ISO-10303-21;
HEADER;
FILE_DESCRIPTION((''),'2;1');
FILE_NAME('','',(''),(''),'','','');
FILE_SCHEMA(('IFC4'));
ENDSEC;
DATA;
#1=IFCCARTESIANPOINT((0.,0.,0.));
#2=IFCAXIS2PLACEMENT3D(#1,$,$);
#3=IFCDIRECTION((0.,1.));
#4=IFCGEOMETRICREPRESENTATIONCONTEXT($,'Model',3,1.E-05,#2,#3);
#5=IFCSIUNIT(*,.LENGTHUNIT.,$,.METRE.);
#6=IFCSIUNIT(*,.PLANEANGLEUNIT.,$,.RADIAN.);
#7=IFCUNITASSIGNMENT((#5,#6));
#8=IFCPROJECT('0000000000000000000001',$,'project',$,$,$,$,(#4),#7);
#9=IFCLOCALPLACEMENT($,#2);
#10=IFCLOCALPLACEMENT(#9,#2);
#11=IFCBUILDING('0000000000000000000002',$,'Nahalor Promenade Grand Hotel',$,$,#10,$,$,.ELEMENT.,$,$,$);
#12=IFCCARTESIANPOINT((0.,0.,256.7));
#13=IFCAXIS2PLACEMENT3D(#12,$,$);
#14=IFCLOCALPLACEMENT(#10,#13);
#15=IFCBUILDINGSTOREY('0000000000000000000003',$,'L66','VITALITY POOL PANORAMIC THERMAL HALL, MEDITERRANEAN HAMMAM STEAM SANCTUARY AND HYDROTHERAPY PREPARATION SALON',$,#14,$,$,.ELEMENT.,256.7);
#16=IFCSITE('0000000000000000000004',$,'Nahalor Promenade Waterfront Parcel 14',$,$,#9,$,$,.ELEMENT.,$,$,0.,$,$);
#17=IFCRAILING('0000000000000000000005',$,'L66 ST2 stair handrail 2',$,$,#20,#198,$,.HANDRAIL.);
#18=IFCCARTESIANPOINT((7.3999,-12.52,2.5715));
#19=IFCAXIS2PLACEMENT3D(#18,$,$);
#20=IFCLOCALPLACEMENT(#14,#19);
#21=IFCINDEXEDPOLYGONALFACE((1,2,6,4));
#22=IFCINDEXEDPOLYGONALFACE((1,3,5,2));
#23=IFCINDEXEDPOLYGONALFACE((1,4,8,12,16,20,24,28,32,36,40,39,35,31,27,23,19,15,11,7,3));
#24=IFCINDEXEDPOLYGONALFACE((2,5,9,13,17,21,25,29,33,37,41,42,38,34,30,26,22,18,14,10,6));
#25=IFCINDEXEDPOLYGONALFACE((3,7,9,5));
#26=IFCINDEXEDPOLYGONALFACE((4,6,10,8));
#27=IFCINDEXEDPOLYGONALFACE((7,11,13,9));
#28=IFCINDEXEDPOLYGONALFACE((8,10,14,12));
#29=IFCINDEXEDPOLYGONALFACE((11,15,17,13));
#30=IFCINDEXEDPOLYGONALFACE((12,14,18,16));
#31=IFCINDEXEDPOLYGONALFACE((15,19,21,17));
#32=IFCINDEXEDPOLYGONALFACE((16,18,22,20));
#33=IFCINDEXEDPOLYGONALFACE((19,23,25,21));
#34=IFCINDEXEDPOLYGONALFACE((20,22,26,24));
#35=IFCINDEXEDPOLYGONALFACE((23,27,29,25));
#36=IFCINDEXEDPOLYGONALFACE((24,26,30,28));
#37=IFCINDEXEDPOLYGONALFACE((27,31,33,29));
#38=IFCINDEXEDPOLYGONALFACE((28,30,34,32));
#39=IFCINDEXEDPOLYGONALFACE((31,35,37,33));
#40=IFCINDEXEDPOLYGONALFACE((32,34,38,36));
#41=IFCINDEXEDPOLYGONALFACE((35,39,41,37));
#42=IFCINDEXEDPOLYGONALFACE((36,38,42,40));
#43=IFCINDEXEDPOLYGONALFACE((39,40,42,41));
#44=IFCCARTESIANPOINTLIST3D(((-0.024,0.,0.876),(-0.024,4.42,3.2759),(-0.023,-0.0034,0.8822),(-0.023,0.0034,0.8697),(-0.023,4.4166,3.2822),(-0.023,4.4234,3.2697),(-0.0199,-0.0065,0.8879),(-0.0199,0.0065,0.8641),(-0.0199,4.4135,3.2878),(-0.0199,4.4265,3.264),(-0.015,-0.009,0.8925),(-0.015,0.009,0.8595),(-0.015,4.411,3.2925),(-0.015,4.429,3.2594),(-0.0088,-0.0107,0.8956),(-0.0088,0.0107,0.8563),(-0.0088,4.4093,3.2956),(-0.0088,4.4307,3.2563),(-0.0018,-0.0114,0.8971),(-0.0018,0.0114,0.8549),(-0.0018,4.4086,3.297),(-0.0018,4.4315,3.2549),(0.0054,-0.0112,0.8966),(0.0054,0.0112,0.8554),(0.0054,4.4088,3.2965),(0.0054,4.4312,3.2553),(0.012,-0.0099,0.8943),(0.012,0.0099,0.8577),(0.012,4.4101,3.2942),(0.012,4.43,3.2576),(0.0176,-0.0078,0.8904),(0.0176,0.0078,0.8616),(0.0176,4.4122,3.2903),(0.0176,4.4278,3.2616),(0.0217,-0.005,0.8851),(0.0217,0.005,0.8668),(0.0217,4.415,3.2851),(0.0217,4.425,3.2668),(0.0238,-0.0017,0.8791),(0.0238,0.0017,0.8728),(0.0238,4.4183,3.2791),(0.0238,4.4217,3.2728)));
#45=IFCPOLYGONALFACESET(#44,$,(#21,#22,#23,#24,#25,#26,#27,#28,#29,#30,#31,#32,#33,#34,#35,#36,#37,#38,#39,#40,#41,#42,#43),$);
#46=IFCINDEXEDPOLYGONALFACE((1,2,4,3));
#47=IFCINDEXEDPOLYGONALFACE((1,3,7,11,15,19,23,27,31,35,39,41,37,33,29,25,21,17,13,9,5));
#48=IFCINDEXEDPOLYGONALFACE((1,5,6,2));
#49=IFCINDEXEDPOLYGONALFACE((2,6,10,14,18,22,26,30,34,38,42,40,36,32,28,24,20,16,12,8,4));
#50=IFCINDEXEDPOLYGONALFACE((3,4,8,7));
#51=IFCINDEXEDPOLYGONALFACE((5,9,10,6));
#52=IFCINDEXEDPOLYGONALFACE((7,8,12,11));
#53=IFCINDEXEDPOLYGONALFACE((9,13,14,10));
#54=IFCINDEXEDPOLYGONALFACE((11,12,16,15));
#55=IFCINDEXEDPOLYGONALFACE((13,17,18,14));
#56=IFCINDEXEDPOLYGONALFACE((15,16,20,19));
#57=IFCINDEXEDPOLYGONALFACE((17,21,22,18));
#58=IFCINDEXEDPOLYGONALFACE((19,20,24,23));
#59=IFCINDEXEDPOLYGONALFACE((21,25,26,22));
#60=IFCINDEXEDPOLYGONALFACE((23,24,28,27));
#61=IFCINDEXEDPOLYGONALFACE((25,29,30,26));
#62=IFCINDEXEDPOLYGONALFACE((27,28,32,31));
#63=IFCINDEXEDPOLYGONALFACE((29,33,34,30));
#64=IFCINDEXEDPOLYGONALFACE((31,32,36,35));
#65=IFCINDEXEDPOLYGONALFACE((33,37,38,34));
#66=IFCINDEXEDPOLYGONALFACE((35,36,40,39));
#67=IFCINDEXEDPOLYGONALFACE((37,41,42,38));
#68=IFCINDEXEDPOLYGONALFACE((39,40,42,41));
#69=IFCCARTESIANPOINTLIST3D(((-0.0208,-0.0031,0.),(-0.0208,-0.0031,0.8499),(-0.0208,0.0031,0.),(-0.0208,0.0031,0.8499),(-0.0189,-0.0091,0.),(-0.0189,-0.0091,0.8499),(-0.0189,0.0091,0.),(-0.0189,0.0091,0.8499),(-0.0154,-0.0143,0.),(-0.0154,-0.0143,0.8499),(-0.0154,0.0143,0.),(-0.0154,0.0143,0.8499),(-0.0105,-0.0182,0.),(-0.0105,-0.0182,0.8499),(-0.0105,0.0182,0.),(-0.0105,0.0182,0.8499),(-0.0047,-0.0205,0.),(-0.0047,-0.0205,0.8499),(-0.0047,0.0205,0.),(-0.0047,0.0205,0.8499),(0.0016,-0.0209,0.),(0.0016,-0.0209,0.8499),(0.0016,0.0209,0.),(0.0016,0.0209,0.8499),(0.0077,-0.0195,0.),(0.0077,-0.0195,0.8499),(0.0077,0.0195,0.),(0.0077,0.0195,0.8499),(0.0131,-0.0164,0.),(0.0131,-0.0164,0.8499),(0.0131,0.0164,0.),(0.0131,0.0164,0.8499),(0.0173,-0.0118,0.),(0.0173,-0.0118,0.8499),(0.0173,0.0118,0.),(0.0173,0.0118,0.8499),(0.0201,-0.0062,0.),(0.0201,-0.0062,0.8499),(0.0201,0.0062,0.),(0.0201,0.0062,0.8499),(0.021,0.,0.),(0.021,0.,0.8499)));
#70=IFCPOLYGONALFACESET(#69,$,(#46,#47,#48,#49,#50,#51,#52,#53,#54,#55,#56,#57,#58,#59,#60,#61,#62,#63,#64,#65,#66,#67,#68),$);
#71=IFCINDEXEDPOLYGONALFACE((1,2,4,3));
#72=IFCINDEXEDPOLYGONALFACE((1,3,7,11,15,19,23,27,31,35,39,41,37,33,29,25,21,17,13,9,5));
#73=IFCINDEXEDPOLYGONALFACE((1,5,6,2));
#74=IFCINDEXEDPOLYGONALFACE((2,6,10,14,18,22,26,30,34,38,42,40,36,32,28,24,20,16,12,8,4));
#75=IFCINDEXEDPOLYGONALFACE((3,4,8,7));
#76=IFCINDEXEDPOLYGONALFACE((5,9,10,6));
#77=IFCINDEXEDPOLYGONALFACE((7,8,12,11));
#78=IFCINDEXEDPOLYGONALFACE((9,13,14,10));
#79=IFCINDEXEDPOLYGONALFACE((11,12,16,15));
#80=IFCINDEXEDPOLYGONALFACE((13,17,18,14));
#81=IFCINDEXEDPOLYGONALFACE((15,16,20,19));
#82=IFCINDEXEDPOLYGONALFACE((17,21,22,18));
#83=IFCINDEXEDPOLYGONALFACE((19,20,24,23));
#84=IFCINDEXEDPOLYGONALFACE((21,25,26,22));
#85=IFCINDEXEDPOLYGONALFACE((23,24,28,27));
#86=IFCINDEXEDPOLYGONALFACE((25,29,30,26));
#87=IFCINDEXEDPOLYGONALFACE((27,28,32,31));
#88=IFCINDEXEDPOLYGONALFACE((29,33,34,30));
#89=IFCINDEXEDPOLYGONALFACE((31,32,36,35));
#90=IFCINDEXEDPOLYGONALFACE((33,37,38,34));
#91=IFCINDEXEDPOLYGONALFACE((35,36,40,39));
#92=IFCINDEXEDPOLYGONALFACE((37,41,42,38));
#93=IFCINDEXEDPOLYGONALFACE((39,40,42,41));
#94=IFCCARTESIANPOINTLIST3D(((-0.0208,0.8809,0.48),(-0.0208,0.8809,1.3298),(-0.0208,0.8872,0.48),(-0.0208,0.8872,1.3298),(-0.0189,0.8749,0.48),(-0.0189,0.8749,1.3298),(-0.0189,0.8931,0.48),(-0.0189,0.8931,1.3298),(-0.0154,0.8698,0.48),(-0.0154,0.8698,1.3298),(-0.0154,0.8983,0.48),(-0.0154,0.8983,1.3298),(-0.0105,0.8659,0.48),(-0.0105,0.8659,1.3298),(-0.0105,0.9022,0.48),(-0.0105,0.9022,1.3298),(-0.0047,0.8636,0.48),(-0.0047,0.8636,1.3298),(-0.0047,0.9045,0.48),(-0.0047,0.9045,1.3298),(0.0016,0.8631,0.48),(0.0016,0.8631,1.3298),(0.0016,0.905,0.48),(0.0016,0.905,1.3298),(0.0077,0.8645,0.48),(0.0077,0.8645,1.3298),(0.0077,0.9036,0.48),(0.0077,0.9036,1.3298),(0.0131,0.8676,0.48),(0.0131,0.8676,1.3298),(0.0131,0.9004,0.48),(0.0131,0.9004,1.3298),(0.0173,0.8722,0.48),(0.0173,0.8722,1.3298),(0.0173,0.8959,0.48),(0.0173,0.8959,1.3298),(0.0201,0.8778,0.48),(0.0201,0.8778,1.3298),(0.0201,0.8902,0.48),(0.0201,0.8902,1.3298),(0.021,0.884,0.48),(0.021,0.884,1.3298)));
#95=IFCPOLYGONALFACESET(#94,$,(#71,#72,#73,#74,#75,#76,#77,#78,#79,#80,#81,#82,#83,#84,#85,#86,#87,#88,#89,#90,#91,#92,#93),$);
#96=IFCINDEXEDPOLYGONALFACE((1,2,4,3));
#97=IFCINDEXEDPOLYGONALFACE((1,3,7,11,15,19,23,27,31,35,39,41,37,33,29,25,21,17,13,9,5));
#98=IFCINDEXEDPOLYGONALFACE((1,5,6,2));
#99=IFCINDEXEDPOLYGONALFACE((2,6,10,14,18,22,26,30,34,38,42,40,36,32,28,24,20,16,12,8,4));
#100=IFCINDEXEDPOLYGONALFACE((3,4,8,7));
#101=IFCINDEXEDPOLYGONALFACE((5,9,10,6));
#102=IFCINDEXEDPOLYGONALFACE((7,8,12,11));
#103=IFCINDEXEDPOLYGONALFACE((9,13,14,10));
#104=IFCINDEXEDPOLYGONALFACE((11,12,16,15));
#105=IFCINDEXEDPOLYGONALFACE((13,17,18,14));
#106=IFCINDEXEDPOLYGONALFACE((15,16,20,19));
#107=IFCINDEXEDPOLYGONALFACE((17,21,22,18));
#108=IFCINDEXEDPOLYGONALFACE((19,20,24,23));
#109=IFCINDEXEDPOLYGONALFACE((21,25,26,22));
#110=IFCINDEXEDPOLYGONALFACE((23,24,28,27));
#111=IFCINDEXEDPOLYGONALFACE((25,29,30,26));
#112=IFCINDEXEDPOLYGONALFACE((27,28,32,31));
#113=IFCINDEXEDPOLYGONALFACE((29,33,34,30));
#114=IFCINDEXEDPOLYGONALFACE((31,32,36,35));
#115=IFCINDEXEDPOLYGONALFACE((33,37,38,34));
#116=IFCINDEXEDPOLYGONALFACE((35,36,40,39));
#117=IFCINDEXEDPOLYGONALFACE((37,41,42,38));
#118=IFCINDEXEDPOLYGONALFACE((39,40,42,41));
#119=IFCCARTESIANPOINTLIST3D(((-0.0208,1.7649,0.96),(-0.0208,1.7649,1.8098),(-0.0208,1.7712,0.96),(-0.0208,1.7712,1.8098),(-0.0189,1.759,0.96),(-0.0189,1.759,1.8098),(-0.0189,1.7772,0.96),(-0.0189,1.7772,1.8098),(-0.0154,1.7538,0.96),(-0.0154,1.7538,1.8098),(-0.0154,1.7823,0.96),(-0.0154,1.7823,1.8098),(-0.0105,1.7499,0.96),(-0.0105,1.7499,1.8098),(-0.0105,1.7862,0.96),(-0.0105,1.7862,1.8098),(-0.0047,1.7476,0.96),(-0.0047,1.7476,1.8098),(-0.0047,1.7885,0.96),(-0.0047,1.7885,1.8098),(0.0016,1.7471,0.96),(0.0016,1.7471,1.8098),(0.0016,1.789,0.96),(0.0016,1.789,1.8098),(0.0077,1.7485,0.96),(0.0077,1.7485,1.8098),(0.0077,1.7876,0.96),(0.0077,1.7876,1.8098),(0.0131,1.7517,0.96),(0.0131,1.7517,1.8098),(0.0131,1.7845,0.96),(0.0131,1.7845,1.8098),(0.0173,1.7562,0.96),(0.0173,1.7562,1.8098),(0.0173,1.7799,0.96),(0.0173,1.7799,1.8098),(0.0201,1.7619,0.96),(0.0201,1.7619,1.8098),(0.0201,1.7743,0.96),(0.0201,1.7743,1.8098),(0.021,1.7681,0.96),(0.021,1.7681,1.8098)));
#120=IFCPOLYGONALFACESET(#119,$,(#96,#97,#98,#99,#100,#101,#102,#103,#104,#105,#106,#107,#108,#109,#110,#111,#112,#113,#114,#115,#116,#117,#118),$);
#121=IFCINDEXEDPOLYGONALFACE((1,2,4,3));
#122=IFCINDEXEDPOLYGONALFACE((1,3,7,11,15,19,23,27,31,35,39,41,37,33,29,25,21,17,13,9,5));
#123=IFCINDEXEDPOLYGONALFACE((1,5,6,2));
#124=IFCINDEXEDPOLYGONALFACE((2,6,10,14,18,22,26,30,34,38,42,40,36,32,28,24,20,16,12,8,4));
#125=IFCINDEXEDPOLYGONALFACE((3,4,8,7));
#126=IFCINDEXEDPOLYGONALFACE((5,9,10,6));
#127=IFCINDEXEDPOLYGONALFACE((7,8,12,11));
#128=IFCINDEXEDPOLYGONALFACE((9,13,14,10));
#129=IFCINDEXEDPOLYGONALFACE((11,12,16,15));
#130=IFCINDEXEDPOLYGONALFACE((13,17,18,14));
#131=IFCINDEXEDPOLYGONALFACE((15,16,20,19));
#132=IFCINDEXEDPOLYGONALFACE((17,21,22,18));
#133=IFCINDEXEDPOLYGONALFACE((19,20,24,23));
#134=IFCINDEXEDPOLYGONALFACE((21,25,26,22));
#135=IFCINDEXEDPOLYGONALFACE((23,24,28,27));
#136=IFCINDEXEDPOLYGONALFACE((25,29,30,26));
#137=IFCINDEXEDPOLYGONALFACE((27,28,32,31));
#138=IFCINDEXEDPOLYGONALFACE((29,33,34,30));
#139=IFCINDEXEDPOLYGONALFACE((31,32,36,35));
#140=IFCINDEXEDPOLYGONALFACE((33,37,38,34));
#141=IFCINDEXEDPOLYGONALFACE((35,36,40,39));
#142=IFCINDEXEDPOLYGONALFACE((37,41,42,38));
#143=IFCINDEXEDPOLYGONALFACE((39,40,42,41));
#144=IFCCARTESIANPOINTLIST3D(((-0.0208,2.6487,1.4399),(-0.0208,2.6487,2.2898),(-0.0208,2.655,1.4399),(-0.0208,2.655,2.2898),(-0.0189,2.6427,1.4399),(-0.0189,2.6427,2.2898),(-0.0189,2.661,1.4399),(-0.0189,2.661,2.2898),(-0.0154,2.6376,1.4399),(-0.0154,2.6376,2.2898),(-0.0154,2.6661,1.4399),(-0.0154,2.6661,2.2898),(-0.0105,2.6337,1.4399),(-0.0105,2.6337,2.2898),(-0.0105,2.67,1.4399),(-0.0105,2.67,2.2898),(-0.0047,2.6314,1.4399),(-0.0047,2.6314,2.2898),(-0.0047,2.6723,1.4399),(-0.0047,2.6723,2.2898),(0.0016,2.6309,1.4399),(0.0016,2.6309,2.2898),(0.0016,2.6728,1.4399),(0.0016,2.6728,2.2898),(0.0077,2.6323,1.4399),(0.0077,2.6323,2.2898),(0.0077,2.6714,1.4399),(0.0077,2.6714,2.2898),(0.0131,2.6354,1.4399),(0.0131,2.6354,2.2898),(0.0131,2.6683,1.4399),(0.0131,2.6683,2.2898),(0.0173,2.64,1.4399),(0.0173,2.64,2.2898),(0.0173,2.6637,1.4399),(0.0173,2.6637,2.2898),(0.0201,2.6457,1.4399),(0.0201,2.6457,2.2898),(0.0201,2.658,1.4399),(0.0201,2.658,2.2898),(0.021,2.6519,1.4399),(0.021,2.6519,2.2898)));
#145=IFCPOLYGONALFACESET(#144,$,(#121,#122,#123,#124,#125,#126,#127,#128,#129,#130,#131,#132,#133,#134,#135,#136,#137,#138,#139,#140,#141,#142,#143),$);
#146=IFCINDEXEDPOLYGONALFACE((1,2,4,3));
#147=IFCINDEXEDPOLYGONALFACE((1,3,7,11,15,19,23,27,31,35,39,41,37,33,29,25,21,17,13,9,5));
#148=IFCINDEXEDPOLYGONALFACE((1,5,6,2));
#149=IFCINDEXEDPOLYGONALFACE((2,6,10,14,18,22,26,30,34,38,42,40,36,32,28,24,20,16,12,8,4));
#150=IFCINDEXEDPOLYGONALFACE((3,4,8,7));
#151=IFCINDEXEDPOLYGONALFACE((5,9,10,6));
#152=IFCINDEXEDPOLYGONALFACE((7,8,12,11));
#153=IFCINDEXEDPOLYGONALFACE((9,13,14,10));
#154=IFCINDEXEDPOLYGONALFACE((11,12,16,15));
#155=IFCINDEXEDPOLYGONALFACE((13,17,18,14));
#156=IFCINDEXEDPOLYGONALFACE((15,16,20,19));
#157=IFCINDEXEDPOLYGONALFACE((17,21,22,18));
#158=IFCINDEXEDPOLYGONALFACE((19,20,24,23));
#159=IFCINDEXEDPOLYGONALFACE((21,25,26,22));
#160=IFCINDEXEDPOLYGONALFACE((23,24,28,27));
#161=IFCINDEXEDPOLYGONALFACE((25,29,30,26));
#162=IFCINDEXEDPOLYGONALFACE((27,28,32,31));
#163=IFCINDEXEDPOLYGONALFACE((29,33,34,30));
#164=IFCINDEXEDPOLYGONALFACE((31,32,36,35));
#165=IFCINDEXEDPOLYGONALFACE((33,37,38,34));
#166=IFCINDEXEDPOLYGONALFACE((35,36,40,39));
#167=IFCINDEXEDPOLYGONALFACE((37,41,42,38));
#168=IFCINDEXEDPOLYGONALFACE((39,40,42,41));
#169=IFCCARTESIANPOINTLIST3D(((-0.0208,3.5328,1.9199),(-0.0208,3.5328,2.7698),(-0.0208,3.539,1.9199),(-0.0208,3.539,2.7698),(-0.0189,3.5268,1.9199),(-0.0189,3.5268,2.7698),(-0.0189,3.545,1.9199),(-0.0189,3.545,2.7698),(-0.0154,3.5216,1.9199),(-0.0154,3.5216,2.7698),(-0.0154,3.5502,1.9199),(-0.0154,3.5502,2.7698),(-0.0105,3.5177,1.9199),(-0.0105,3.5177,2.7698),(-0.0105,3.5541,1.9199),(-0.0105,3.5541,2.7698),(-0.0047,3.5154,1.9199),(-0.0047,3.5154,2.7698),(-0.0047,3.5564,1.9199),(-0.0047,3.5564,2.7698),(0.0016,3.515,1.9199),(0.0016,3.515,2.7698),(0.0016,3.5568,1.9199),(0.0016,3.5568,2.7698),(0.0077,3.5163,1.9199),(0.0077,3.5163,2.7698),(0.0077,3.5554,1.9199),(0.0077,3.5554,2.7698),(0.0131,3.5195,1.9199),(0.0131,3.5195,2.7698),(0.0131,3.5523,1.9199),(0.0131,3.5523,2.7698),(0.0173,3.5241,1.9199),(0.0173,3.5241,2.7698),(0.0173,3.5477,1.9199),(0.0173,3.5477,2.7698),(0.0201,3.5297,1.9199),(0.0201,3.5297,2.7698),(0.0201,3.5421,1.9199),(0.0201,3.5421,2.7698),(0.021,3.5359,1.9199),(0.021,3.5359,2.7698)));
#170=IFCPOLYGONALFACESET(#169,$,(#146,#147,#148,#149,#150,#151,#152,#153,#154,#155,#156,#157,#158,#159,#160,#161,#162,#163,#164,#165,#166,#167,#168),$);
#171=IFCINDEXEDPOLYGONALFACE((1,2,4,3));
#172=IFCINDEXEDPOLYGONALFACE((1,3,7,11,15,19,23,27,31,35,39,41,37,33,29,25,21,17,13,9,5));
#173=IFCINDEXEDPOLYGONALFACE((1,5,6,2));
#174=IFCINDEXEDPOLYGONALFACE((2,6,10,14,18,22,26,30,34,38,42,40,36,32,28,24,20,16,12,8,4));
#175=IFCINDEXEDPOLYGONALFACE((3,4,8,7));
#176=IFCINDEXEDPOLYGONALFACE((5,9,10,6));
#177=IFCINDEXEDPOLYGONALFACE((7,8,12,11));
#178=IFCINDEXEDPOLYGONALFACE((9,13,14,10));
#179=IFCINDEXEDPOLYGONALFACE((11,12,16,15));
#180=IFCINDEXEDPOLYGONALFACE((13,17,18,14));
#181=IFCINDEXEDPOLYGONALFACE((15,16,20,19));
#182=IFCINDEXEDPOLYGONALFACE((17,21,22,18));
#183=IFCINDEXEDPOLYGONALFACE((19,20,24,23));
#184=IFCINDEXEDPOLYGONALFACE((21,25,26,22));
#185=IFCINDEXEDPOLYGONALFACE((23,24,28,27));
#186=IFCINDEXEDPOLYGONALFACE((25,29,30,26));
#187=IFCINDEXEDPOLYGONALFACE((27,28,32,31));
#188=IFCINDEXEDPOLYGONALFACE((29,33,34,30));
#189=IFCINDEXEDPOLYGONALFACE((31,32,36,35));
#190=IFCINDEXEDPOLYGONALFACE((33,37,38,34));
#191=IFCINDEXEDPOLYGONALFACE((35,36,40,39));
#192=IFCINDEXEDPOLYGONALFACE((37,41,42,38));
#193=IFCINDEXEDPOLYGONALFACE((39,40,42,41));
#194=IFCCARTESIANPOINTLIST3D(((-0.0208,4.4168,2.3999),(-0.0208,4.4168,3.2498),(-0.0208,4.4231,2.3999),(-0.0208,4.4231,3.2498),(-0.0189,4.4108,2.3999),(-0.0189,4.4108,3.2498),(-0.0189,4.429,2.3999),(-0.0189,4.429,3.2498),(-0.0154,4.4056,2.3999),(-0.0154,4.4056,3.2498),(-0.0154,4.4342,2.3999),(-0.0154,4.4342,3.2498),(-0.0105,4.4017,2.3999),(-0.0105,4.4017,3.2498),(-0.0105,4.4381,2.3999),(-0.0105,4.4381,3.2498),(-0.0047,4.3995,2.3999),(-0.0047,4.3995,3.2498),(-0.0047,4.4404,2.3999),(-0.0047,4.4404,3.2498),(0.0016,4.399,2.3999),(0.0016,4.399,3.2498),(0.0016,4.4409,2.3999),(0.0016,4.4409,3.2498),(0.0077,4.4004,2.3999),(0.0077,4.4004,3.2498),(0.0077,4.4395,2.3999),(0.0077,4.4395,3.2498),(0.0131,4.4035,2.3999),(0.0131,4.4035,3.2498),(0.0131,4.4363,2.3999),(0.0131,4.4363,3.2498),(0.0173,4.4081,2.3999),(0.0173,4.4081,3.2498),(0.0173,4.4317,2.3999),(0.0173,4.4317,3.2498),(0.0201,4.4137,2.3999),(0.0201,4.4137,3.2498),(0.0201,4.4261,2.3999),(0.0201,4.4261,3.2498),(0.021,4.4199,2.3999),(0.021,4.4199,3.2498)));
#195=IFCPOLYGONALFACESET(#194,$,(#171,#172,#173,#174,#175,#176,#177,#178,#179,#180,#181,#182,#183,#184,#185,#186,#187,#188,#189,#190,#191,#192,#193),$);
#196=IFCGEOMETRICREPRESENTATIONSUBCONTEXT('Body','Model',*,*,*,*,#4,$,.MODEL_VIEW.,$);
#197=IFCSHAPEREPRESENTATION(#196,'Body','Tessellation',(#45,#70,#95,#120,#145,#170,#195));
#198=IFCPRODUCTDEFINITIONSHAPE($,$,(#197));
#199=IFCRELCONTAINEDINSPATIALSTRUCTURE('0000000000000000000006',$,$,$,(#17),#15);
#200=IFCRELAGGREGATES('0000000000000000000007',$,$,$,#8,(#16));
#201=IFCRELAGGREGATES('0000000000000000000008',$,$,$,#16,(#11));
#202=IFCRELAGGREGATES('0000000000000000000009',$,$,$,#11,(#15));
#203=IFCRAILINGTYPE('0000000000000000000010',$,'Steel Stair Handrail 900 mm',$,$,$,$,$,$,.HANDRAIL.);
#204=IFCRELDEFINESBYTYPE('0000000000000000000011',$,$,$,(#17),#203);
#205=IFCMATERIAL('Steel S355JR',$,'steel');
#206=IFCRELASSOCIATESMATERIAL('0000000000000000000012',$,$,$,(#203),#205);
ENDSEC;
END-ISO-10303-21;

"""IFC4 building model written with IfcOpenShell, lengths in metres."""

from ifc_helpers import new_model, si_unit, direction, frame, origin, origin_2d, place, context, subcontext, project, spatial, circle, extrude, material, type_object, element, save


model = new_model("IFC4")

# Units and contexts
model_context = context("Model", 3, precision=1e-05, world=origin(), true_north=direction((0.0, 1.0)))
body_context = subcontext(model_context, "Body", "Model", "MODEL_VIEW")
ifc_project = project(units=[si_unit("LENGTHUNIT", "METRE"), si_unit("PLANEANGLEUNIT", "RADIAN")], contexts=[model_context])

# Site, building, storey
site_placement = place(None, origin())
site = spatial("IfcSite", under=ifc_project, at=site_placement, Name="Nahalor Promenade Waterfront Parcel 14", CompositionType="ELEMENT", RefElevation=0.0)
building_placement = place(site_placement, origin())
building = spatial("IfcBuilding", under=site, at=building_placement, Name="Nahalor Promenade Grand Hotel", CompositionType="ELEMENT")
storey_placement = place(building_placement, frame((0.0, 0.0, 256.7)))
storey = spatial("IfcBuildingStorey", under=building, at=storey_placement, Name="L66", Description="VITALITY POOL PANORAMIC THERMAL HALL, MEDITERRANEAN HAMMAM STEAM SANCTUARY AND HYDROTHERAPY PREPARATION SALON", CompositionType="ELEMENT", Elevation=256.7)

# Shared definitions
ifc_material_1 = material(Name="Steel S355JR", Category="steel")

# Railing
railing_type_1 = type_object("IfcRailingType", Name="Steel Stair Handrail 900 mm", PredefinedType="HANDRAIL", material=ifc_material_1)
railing_1_placement = place(storey_placement, frame((7.3999, -12.52, 2.5715)))
element("IfcRailing", 1, at=railing_1_placement, inside=storey, type_object=railing_type_1, Name="L66 ST2 stair handrail 2", PredefinedType="HANDRAIL", context=body_context, shape_type="SweptSolid", body=[
    extrude(circle(Radius=0.024, at=origin_2d()), frame((0.0, 0.0, 0.876), z_axis=(0.0, 0.87881, 0.477171), x_axis=(-1.0, 0.0, 0.0)), (0.0, 0.0, 1.0), 5.0295),
    extrude(circle(Radius=0.021, at=origin_2d()), origin(), (0.0, 0.0, 1.0), 0.8499),
    extrude(circle(Radius=0.021, at=origin_2d()), frame((0.0, 0.884, 0.48)), (0.0, 0.0, 1.0), 0.8499),
    extrude(circle(Radius=0.021, at=origin_2d()), frame((0.0, 1.7681, 0.96)), (0.0, 0.0, 1.0), 0.8499),
    extrude(circle(Radius=0.021, at=origin_2d()), frame((0.0, 2.6519, 1.4399)), (0.0, 0.0, 1.0), 0.8499),
    extrude(circle(Radius=0.021, at=origin_2d()), frame((0.0, 3.5359, 1.9199)), (0.0, 0.0, 1.0), 0.8499),
    extrude(circle(Radius=0.021, at=origin_2d()), frame((0.0, 4.4199, 2.3999)), (0.0, 0.0, 1.0), 0.8499),
])

save(model, "model.ifc")
